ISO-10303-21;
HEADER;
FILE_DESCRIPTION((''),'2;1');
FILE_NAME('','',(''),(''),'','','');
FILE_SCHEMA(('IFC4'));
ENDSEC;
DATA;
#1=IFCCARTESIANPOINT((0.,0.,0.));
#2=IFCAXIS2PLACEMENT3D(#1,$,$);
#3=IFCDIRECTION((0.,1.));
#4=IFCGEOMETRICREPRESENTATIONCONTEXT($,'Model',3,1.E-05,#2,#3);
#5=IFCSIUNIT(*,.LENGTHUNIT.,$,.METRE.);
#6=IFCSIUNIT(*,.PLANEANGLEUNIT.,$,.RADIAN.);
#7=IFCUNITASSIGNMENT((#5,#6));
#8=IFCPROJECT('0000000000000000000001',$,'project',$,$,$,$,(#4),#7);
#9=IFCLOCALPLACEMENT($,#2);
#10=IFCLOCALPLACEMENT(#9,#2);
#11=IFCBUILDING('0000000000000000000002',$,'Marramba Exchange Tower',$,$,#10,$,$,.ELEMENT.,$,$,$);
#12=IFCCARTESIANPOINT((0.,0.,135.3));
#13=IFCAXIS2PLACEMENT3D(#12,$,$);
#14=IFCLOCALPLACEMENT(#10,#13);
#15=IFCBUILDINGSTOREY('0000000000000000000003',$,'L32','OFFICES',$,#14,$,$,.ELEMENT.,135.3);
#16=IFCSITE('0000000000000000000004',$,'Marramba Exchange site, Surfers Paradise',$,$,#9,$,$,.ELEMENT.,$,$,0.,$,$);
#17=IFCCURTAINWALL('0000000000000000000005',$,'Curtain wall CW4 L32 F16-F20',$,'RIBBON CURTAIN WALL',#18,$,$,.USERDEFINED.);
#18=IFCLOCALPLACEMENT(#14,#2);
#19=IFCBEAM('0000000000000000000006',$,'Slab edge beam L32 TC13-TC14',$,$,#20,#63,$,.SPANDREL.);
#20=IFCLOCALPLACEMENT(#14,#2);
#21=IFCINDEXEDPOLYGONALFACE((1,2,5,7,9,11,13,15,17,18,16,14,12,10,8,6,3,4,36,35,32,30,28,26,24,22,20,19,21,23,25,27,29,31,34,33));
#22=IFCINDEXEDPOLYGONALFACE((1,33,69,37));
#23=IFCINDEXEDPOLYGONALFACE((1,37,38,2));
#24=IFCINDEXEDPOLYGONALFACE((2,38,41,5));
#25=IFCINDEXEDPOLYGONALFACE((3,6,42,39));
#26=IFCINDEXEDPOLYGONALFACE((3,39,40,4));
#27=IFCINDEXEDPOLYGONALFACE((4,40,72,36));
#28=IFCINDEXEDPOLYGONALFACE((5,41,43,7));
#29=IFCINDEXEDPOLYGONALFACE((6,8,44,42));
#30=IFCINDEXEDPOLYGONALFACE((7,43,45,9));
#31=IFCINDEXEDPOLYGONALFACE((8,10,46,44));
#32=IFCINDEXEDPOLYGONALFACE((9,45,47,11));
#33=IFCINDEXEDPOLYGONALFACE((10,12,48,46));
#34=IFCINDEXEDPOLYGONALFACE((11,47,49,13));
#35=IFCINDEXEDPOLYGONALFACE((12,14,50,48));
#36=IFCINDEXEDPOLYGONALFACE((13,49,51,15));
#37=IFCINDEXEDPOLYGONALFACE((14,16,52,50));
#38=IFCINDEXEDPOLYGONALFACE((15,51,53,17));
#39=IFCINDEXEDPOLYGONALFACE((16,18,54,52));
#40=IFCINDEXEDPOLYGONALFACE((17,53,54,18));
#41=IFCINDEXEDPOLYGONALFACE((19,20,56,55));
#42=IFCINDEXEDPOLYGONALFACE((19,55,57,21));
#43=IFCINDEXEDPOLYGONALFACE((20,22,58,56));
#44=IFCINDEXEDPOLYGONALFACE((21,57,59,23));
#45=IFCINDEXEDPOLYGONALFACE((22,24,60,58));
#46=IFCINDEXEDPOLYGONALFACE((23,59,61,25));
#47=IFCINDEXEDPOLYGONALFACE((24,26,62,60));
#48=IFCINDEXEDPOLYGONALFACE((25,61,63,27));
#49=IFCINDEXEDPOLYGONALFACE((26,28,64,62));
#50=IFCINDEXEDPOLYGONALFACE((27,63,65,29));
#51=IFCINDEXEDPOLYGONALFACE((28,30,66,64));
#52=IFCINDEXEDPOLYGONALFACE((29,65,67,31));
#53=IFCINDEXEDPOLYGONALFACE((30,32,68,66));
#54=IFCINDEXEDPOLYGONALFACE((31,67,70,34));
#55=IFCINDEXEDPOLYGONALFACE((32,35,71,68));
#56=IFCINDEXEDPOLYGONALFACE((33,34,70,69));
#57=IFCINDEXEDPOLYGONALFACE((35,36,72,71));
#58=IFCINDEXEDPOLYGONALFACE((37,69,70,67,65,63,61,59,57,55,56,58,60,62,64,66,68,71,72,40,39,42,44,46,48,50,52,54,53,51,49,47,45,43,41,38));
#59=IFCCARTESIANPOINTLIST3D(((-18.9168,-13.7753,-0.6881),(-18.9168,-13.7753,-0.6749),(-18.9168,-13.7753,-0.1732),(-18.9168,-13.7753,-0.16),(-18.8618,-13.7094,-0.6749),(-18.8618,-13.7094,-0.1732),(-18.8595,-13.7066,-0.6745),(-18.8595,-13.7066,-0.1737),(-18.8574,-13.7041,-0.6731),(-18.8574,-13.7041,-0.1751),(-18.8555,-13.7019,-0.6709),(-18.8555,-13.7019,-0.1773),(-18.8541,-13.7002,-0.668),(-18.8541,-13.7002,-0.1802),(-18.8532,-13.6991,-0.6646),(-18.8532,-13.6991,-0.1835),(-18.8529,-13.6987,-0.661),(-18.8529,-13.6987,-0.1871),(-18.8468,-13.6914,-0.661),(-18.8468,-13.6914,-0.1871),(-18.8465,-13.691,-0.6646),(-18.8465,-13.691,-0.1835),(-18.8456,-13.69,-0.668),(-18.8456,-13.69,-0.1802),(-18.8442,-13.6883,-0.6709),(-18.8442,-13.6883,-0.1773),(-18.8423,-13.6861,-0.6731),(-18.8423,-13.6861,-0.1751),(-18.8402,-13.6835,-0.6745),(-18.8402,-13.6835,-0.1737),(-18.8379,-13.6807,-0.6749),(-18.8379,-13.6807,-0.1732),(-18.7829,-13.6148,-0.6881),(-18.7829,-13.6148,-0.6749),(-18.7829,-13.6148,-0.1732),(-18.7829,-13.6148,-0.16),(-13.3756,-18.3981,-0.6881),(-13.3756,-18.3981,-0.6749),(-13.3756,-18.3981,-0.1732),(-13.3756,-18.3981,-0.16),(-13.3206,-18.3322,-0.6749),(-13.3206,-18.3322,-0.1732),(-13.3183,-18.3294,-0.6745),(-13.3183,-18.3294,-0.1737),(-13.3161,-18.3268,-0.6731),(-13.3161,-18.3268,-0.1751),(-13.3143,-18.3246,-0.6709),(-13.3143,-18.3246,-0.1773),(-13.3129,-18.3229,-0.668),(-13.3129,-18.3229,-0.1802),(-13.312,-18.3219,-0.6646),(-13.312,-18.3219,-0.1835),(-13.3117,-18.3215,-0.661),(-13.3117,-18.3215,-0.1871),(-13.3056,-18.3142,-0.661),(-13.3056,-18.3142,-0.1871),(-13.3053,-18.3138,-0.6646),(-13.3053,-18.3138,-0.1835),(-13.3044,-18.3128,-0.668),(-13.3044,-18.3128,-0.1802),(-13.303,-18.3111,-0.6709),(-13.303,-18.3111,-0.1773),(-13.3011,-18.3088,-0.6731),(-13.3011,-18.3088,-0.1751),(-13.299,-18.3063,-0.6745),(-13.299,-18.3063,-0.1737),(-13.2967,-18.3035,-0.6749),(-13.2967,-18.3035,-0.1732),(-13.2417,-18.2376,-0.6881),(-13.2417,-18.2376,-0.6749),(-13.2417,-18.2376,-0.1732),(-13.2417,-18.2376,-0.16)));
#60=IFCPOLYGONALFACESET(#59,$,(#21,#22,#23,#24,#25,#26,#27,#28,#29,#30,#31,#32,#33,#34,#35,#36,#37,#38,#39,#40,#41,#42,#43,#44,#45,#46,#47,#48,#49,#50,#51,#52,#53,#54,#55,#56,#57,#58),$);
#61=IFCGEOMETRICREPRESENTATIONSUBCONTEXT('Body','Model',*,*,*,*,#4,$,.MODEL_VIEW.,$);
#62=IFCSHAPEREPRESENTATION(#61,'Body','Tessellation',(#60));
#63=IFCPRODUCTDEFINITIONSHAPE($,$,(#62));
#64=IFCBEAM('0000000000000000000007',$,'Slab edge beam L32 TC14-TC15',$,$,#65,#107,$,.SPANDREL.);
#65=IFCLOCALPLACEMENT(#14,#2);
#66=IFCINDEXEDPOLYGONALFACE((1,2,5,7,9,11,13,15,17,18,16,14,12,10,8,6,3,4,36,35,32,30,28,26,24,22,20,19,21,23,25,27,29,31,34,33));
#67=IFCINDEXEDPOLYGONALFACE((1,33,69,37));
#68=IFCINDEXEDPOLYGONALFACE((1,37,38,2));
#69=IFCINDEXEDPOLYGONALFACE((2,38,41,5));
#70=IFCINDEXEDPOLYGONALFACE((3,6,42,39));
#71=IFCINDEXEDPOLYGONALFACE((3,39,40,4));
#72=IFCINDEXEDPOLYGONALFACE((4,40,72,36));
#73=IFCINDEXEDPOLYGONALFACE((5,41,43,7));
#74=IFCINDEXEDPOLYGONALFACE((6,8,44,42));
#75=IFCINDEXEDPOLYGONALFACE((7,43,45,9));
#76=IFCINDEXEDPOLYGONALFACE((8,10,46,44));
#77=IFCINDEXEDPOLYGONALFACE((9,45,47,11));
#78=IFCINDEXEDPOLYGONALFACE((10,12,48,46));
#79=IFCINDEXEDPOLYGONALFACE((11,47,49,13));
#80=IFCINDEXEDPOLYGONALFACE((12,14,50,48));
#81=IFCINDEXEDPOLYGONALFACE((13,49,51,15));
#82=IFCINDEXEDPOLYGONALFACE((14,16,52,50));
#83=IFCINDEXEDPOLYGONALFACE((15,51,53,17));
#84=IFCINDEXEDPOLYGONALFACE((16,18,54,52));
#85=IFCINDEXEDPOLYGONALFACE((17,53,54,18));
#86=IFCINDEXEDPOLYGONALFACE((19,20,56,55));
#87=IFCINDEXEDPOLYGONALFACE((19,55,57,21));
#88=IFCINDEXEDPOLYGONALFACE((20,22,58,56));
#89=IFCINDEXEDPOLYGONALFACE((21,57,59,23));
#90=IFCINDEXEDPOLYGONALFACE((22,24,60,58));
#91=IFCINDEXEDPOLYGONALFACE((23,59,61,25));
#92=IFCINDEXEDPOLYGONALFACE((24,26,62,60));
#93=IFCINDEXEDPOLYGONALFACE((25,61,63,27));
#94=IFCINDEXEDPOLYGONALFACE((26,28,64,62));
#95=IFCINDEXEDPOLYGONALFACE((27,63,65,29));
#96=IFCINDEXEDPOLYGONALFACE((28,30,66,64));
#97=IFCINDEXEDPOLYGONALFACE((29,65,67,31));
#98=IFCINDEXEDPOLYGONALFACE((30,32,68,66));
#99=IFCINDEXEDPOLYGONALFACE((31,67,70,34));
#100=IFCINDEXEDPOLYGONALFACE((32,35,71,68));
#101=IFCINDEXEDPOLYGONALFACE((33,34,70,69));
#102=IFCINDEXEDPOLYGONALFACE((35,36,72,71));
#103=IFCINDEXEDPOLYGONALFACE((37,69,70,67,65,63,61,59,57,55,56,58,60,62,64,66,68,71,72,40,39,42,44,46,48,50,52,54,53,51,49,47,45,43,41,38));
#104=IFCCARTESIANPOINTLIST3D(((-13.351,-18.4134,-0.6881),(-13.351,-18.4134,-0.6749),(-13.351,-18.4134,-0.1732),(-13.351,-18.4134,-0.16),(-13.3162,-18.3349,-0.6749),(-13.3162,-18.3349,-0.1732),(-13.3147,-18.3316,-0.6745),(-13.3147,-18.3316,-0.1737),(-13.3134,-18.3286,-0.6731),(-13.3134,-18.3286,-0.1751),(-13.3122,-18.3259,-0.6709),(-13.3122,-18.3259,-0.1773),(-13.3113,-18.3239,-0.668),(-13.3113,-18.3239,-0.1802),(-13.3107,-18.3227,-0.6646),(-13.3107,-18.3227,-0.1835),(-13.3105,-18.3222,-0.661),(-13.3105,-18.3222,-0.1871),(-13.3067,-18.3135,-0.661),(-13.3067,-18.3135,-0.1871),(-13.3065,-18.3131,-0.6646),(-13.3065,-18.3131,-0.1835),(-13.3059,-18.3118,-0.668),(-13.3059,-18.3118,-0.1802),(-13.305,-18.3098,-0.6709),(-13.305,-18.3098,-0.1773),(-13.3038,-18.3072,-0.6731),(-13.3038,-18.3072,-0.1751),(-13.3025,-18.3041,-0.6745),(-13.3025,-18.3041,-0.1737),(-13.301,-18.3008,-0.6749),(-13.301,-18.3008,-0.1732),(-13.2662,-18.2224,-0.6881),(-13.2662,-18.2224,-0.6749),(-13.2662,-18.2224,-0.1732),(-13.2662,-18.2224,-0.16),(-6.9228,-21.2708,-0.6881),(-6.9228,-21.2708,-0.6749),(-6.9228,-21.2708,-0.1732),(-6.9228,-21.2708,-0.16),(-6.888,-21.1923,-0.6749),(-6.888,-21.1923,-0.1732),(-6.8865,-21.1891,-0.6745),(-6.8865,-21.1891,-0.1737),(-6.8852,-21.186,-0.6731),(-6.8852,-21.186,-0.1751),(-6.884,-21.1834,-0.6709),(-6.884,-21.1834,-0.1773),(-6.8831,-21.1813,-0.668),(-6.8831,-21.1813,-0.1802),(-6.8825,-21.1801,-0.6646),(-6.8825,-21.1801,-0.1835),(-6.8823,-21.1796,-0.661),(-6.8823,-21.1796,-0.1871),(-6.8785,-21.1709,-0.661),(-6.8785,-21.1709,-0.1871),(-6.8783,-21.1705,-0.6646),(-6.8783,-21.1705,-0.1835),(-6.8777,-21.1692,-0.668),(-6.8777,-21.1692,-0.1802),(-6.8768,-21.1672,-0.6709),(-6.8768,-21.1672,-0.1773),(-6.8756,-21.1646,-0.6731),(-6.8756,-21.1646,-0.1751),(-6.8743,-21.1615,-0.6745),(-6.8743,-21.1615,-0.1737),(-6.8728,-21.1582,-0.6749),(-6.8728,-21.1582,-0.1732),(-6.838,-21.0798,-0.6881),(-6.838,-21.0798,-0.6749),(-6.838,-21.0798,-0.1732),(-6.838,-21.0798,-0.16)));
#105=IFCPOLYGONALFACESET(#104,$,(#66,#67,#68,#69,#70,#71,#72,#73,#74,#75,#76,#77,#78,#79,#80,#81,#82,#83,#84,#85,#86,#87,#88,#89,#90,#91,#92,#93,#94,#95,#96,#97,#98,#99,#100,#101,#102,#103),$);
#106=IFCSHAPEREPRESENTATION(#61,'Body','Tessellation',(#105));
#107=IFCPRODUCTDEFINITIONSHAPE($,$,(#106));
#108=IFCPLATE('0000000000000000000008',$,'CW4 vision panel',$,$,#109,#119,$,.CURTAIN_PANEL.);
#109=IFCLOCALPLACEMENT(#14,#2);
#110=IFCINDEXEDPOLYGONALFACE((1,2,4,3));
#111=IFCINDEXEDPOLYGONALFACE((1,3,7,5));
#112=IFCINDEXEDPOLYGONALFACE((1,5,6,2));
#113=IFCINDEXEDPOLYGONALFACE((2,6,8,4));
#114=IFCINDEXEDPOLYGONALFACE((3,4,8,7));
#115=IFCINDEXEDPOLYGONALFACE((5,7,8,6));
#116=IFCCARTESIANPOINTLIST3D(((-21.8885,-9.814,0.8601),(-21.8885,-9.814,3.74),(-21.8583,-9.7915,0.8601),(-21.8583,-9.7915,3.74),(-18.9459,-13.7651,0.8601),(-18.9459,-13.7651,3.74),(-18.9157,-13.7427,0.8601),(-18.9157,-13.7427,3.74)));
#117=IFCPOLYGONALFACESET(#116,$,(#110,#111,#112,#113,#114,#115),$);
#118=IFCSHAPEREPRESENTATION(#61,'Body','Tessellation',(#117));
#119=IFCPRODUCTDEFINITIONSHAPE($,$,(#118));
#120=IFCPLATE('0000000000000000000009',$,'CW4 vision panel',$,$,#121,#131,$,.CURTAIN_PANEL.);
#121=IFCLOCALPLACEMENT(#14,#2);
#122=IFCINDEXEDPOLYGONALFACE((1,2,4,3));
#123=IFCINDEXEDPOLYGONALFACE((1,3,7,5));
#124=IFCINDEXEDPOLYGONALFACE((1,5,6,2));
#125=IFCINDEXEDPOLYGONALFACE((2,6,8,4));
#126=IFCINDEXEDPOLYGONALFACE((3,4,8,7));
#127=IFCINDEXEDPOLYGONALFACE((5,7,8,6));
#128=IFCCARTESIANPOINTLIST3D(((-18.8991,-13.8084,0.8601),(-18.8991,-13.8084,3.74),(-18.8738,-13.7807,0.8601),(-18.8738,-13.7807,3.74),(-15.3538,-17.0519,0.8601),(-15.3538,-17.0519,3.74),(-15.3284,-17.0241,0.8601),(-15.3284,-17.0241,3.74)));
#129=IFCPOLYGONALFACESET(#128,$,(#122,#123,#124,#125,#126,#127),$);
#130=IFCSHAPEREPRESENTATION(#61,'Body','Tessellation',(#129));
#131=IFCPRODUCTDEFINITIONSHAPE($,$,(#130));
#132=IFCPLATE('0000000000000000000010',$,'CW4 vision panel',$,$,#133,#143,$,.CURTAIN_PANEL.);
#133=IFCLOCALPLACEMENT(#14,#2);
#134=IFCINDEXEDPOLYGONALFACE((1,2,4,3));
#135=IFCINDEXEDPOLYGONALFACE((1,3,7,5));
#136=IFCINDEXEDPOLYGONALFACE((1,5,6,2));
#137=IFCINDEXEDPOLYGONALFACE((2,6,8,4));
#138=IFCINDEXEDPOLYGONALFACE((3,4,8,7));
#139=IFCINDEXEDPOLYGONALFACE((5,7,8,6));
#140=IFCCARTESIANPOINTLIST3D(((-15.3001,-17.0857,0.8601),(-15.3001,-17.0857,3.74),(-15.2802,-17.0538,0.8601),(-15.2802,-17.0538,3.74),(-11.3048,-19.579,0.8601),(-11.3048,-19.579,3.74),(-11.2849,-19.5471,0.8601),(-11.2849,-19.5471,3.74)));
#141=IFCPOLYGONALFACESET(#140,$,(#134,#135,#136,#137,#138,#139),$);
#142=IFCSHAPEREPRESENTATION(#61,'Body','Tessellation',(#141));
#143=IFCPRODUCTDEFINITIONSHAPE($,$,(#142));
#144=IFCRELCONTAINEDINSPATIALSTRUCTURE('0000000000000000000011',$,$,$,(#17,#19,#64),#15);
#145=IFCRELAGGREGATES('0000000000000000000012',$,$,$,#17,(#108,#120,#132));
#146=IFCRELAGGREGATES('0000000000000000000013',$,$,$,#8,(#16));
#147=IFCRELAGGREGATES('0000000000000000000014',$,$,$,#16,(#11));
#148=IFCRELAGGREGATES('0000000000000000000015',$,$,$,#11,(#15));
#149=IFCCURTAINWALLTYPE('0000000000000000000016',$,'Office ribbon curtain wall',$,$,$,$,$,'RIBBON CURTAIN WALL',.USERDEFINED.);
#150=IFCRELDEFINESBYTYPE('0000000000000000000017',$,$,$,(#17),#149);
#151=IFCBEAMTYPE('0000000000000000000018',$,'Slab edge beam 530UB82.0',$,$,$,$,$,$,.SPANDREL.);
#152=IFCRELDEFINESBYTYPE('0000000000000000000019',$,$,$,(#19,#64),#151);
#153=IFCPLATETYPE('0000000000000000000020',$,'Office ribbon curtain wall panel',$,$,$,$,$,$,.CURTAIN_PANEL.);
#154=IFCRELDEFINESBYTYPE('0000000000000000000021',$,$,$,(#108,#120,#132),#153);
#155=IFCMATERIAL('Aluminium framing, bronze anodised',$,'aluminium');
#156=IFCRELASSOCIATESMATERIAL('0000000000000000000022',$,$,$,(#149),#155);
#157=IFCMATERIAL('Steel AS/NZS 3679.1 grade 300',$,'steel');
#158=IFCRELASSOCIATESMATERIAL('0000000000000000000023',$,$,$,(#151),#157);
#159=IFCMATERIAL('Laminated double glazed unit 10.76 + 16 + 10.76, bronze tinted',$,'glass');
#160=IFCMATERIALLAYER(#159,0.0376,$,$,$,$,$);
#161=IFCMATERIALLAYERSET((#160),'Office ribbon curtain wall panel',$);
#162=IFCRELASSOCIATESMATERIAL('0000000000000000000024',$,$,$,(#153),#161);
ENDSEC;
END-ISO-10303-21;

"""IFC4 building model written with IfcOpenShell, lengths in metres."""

from ifc_helpers import new_model, si_unit, direction, frame, origin, origin_2d, place, context, subcontext, project, spatial, rectangle, i_section, extrude, material, layer, layer_set, material_profile, profile_set, type_object, element, aggregate, save


model = new_model("IFC4")

# Units and contexts
model_context = context("Model", 3, precision=1e-05, world=origin(), true_north=direction((0.0, 1.0)))
body_context = subcontext(model_context, "Body", "Model", "MODEL_VIEW")
ifc_project = project(units=[si_unit("LENGTHUNIT", "METRE"), si_unit("PLANEANGLEUNIT", "RADIAN")], contexts=[model_context])

# Site, building, storey
site_placement = place(None, origin())
site = spatial("IfcSite", under=ifc_project, at=site_placement, Name="Marramba Exchange site, Surfers Paradise", CompositionType="ELEMENT", RefElevation=0.0)
building_placement = place(site_placement, origin())
building = spatial("IfcBuilding", under=site, at=building_placement, Name="Marramba Exchange Tower", CompositionType="ELEMENT")
storey_placement = place(building_placement, frame((0.0, 0.0, 135.3)))
storey = spatial("IfcBuildingStorey", under=building, at=storey_placement, Name="L32", Description="OFFICES", CompositionType="ELEMENT", Elevation=135.3)

# Curtain wall
ifc_material_1 = material(Name="Aluminium framing, bronze anodised", Category="aluminium")
curtain_wall_type = type_object("IfcCurtainWallType", Name="Office ribbon curtain wall", ElementType="RIBBON CURTAIN WALL", PredefinedType="USERDEFINED", material=ifc_material_1)
curtain_wall_placement = place(storey_placement, origin())
curtain_wall = element("IfcCurtainWall", 1, at=curtain_wall_placement, inside=storey, type_object=curtain_wall_type, Name="Curtain wall CW4 L32 F16-F20", ObjectType="RIBBON CURTAIN WALL", PredefinedType="USERDEFINED")

# Beams
ifc_material_2 = material(Name="Steel AS/NZS 3679.1 grade 300", Category="steel")
ifc_material_profile_1 = material_profile(ifc_material_2, i_section(OverallWidth=0.209, OverallDepth=0.5281, WebThickness=0.0095, FlangeThickness=0.0132, FilletRadius=0.0139, at=origin_2d()), Name="530UB82.0")
ifc_profile_set_1 = profile_set([ifc_material_profile_1], Name="Steel AS/NZS 3679.1 grade 300")
beam_type_1 = type_object("IfcBeamType", Name="Slab edge beam 530UB82.0", PredefinedType="SPANDREL", material=ifc_profile_set_1)
beam_1_placement = place(storey_placement, frame((-18.8499, -13.6951, -0.4241), z_axis=(0.767875, -0.6406, 0.0), x_axis=(0.6406, 0.767875, 0.0)))
element("IfcBeam", 2, at=beam_1_placement, inside=storey, type_object=beam_type_1, Name="Slab edge beam L32 TC13-TC14", PredefinedType="SPANDREL", context=body_context, shape_type="SweptSolid", body=[
    extrude(i_section(OverallWidth=0.209, OverallDepth=0.5281, WebThickness=0.0095, FlangeThickness=0.0132, FilletRadius=0.0139, at=origin_2d()), origin(), (0.0, 0.0, 1.0), 7.2163),
])
beam_2_placement = place(storey_placement, frame((-13.3086, -18.3179, -0.4241), z_axis=(0.913789, -0.40619, 0.0), x_axis=(0.40619, 0.913789, 0.0)))
element("IfcBeam", 3, at=beam_2_placement, inside=storey, type_object=beam_type_1, Name="Slab edge beam L32 TC14-TC15", PredefinedType="SPANDREL", context=body_context, shape_type="SweptSolid", body=[
    extrude(i_section(OverallWidth=0.209, OverallDepth=0.5281, WebThickness=0.0095, FlangeThickness=0.0132, FilletRadius=0.0139, at=origin_2d()), origin(), (0.0, 0.0, 1.0), 7.0347),
])

# Plates
ifc_material_3 = material(Name="Laminated double glazed unit 10.76 + 16 + 10.76, bronze tinted", Category="glass")
ifc_layer_1 = layer(ifc_material_3, 0.0376)
ifc_layer_set_1 = layer_set([ifc_layer_1], Name="Office ribbon curtain wall panel")
plate_type = type_object("IfcPlateType", Name="Office ribbon curtain wall panel", PredefinedType="CURTAIN_PANEL", material=ifc_layer_set_1)
plate_1_placement = place(storey_placement, frame((-20.4021, -11.7783, 0.8601), z_axis=(0.0, 0.0, 1.0), x_axis=(0.597305, -0.802014, 0.0)))
plate_1 = element("IfcPlate", 4, at=plate_1_placement, type_object=plate_type, Name="CW4 vision panel", PredefinedType="CURTAIN_PANEL", context=body_context, shape_type="SweptSolid", body=[
    extrude(rectangle(XDim=4.9265, YDim=0.0376, at=origin_2d()), origin(), (0.0, 0.0, 1.0), 2.8799),
])
plate_2_placement = place(storey_placement, frame((-17.1138, -15.4163, 0.8601), z_axis=(0.0, 0.0, 1.0), x_axis=(0.737822, -0.674995, 0.0)))
plate_2 = element("IfcPlate", 5, at=plate_2_placement, type_object=plate_type, Name="CW4 vision panel", PredefinedType="CURTAIN_PANEL", context=body_context, shape_type="SweptSolid", body=[
    extrude(rectangle(XDim=4.8052, YDim=0.0376, at=origin_2d()), origin(), (0.0, 0.0, 1.0), 2.8799),
])
plate_3_placement = place(storey_placement, frame((-13.2925, -18.3164, 0.8601), z_axis=(0.0, 0.0, 1.0), x_axis=(0.848355, -0.529428, 0.0)))
plate_3 = element("IfcPlate", 6, at=plate_3_placement, type_object=plate_type, Name="CW4 vision panel", PredefinedType="CURTAIN_PANEL", context=body_context, shape_type="SweptSolid", body=[
    extrude(rectangle(XDim=4.7095, YDim=0.0376, at=origin_2d()), origin(), (0.0, 0.0, 1.0), 2.8799),
])
aggregate(curtain_wall, [plate_1, plate_2, plate_3])

save(model, "model.ifc")
